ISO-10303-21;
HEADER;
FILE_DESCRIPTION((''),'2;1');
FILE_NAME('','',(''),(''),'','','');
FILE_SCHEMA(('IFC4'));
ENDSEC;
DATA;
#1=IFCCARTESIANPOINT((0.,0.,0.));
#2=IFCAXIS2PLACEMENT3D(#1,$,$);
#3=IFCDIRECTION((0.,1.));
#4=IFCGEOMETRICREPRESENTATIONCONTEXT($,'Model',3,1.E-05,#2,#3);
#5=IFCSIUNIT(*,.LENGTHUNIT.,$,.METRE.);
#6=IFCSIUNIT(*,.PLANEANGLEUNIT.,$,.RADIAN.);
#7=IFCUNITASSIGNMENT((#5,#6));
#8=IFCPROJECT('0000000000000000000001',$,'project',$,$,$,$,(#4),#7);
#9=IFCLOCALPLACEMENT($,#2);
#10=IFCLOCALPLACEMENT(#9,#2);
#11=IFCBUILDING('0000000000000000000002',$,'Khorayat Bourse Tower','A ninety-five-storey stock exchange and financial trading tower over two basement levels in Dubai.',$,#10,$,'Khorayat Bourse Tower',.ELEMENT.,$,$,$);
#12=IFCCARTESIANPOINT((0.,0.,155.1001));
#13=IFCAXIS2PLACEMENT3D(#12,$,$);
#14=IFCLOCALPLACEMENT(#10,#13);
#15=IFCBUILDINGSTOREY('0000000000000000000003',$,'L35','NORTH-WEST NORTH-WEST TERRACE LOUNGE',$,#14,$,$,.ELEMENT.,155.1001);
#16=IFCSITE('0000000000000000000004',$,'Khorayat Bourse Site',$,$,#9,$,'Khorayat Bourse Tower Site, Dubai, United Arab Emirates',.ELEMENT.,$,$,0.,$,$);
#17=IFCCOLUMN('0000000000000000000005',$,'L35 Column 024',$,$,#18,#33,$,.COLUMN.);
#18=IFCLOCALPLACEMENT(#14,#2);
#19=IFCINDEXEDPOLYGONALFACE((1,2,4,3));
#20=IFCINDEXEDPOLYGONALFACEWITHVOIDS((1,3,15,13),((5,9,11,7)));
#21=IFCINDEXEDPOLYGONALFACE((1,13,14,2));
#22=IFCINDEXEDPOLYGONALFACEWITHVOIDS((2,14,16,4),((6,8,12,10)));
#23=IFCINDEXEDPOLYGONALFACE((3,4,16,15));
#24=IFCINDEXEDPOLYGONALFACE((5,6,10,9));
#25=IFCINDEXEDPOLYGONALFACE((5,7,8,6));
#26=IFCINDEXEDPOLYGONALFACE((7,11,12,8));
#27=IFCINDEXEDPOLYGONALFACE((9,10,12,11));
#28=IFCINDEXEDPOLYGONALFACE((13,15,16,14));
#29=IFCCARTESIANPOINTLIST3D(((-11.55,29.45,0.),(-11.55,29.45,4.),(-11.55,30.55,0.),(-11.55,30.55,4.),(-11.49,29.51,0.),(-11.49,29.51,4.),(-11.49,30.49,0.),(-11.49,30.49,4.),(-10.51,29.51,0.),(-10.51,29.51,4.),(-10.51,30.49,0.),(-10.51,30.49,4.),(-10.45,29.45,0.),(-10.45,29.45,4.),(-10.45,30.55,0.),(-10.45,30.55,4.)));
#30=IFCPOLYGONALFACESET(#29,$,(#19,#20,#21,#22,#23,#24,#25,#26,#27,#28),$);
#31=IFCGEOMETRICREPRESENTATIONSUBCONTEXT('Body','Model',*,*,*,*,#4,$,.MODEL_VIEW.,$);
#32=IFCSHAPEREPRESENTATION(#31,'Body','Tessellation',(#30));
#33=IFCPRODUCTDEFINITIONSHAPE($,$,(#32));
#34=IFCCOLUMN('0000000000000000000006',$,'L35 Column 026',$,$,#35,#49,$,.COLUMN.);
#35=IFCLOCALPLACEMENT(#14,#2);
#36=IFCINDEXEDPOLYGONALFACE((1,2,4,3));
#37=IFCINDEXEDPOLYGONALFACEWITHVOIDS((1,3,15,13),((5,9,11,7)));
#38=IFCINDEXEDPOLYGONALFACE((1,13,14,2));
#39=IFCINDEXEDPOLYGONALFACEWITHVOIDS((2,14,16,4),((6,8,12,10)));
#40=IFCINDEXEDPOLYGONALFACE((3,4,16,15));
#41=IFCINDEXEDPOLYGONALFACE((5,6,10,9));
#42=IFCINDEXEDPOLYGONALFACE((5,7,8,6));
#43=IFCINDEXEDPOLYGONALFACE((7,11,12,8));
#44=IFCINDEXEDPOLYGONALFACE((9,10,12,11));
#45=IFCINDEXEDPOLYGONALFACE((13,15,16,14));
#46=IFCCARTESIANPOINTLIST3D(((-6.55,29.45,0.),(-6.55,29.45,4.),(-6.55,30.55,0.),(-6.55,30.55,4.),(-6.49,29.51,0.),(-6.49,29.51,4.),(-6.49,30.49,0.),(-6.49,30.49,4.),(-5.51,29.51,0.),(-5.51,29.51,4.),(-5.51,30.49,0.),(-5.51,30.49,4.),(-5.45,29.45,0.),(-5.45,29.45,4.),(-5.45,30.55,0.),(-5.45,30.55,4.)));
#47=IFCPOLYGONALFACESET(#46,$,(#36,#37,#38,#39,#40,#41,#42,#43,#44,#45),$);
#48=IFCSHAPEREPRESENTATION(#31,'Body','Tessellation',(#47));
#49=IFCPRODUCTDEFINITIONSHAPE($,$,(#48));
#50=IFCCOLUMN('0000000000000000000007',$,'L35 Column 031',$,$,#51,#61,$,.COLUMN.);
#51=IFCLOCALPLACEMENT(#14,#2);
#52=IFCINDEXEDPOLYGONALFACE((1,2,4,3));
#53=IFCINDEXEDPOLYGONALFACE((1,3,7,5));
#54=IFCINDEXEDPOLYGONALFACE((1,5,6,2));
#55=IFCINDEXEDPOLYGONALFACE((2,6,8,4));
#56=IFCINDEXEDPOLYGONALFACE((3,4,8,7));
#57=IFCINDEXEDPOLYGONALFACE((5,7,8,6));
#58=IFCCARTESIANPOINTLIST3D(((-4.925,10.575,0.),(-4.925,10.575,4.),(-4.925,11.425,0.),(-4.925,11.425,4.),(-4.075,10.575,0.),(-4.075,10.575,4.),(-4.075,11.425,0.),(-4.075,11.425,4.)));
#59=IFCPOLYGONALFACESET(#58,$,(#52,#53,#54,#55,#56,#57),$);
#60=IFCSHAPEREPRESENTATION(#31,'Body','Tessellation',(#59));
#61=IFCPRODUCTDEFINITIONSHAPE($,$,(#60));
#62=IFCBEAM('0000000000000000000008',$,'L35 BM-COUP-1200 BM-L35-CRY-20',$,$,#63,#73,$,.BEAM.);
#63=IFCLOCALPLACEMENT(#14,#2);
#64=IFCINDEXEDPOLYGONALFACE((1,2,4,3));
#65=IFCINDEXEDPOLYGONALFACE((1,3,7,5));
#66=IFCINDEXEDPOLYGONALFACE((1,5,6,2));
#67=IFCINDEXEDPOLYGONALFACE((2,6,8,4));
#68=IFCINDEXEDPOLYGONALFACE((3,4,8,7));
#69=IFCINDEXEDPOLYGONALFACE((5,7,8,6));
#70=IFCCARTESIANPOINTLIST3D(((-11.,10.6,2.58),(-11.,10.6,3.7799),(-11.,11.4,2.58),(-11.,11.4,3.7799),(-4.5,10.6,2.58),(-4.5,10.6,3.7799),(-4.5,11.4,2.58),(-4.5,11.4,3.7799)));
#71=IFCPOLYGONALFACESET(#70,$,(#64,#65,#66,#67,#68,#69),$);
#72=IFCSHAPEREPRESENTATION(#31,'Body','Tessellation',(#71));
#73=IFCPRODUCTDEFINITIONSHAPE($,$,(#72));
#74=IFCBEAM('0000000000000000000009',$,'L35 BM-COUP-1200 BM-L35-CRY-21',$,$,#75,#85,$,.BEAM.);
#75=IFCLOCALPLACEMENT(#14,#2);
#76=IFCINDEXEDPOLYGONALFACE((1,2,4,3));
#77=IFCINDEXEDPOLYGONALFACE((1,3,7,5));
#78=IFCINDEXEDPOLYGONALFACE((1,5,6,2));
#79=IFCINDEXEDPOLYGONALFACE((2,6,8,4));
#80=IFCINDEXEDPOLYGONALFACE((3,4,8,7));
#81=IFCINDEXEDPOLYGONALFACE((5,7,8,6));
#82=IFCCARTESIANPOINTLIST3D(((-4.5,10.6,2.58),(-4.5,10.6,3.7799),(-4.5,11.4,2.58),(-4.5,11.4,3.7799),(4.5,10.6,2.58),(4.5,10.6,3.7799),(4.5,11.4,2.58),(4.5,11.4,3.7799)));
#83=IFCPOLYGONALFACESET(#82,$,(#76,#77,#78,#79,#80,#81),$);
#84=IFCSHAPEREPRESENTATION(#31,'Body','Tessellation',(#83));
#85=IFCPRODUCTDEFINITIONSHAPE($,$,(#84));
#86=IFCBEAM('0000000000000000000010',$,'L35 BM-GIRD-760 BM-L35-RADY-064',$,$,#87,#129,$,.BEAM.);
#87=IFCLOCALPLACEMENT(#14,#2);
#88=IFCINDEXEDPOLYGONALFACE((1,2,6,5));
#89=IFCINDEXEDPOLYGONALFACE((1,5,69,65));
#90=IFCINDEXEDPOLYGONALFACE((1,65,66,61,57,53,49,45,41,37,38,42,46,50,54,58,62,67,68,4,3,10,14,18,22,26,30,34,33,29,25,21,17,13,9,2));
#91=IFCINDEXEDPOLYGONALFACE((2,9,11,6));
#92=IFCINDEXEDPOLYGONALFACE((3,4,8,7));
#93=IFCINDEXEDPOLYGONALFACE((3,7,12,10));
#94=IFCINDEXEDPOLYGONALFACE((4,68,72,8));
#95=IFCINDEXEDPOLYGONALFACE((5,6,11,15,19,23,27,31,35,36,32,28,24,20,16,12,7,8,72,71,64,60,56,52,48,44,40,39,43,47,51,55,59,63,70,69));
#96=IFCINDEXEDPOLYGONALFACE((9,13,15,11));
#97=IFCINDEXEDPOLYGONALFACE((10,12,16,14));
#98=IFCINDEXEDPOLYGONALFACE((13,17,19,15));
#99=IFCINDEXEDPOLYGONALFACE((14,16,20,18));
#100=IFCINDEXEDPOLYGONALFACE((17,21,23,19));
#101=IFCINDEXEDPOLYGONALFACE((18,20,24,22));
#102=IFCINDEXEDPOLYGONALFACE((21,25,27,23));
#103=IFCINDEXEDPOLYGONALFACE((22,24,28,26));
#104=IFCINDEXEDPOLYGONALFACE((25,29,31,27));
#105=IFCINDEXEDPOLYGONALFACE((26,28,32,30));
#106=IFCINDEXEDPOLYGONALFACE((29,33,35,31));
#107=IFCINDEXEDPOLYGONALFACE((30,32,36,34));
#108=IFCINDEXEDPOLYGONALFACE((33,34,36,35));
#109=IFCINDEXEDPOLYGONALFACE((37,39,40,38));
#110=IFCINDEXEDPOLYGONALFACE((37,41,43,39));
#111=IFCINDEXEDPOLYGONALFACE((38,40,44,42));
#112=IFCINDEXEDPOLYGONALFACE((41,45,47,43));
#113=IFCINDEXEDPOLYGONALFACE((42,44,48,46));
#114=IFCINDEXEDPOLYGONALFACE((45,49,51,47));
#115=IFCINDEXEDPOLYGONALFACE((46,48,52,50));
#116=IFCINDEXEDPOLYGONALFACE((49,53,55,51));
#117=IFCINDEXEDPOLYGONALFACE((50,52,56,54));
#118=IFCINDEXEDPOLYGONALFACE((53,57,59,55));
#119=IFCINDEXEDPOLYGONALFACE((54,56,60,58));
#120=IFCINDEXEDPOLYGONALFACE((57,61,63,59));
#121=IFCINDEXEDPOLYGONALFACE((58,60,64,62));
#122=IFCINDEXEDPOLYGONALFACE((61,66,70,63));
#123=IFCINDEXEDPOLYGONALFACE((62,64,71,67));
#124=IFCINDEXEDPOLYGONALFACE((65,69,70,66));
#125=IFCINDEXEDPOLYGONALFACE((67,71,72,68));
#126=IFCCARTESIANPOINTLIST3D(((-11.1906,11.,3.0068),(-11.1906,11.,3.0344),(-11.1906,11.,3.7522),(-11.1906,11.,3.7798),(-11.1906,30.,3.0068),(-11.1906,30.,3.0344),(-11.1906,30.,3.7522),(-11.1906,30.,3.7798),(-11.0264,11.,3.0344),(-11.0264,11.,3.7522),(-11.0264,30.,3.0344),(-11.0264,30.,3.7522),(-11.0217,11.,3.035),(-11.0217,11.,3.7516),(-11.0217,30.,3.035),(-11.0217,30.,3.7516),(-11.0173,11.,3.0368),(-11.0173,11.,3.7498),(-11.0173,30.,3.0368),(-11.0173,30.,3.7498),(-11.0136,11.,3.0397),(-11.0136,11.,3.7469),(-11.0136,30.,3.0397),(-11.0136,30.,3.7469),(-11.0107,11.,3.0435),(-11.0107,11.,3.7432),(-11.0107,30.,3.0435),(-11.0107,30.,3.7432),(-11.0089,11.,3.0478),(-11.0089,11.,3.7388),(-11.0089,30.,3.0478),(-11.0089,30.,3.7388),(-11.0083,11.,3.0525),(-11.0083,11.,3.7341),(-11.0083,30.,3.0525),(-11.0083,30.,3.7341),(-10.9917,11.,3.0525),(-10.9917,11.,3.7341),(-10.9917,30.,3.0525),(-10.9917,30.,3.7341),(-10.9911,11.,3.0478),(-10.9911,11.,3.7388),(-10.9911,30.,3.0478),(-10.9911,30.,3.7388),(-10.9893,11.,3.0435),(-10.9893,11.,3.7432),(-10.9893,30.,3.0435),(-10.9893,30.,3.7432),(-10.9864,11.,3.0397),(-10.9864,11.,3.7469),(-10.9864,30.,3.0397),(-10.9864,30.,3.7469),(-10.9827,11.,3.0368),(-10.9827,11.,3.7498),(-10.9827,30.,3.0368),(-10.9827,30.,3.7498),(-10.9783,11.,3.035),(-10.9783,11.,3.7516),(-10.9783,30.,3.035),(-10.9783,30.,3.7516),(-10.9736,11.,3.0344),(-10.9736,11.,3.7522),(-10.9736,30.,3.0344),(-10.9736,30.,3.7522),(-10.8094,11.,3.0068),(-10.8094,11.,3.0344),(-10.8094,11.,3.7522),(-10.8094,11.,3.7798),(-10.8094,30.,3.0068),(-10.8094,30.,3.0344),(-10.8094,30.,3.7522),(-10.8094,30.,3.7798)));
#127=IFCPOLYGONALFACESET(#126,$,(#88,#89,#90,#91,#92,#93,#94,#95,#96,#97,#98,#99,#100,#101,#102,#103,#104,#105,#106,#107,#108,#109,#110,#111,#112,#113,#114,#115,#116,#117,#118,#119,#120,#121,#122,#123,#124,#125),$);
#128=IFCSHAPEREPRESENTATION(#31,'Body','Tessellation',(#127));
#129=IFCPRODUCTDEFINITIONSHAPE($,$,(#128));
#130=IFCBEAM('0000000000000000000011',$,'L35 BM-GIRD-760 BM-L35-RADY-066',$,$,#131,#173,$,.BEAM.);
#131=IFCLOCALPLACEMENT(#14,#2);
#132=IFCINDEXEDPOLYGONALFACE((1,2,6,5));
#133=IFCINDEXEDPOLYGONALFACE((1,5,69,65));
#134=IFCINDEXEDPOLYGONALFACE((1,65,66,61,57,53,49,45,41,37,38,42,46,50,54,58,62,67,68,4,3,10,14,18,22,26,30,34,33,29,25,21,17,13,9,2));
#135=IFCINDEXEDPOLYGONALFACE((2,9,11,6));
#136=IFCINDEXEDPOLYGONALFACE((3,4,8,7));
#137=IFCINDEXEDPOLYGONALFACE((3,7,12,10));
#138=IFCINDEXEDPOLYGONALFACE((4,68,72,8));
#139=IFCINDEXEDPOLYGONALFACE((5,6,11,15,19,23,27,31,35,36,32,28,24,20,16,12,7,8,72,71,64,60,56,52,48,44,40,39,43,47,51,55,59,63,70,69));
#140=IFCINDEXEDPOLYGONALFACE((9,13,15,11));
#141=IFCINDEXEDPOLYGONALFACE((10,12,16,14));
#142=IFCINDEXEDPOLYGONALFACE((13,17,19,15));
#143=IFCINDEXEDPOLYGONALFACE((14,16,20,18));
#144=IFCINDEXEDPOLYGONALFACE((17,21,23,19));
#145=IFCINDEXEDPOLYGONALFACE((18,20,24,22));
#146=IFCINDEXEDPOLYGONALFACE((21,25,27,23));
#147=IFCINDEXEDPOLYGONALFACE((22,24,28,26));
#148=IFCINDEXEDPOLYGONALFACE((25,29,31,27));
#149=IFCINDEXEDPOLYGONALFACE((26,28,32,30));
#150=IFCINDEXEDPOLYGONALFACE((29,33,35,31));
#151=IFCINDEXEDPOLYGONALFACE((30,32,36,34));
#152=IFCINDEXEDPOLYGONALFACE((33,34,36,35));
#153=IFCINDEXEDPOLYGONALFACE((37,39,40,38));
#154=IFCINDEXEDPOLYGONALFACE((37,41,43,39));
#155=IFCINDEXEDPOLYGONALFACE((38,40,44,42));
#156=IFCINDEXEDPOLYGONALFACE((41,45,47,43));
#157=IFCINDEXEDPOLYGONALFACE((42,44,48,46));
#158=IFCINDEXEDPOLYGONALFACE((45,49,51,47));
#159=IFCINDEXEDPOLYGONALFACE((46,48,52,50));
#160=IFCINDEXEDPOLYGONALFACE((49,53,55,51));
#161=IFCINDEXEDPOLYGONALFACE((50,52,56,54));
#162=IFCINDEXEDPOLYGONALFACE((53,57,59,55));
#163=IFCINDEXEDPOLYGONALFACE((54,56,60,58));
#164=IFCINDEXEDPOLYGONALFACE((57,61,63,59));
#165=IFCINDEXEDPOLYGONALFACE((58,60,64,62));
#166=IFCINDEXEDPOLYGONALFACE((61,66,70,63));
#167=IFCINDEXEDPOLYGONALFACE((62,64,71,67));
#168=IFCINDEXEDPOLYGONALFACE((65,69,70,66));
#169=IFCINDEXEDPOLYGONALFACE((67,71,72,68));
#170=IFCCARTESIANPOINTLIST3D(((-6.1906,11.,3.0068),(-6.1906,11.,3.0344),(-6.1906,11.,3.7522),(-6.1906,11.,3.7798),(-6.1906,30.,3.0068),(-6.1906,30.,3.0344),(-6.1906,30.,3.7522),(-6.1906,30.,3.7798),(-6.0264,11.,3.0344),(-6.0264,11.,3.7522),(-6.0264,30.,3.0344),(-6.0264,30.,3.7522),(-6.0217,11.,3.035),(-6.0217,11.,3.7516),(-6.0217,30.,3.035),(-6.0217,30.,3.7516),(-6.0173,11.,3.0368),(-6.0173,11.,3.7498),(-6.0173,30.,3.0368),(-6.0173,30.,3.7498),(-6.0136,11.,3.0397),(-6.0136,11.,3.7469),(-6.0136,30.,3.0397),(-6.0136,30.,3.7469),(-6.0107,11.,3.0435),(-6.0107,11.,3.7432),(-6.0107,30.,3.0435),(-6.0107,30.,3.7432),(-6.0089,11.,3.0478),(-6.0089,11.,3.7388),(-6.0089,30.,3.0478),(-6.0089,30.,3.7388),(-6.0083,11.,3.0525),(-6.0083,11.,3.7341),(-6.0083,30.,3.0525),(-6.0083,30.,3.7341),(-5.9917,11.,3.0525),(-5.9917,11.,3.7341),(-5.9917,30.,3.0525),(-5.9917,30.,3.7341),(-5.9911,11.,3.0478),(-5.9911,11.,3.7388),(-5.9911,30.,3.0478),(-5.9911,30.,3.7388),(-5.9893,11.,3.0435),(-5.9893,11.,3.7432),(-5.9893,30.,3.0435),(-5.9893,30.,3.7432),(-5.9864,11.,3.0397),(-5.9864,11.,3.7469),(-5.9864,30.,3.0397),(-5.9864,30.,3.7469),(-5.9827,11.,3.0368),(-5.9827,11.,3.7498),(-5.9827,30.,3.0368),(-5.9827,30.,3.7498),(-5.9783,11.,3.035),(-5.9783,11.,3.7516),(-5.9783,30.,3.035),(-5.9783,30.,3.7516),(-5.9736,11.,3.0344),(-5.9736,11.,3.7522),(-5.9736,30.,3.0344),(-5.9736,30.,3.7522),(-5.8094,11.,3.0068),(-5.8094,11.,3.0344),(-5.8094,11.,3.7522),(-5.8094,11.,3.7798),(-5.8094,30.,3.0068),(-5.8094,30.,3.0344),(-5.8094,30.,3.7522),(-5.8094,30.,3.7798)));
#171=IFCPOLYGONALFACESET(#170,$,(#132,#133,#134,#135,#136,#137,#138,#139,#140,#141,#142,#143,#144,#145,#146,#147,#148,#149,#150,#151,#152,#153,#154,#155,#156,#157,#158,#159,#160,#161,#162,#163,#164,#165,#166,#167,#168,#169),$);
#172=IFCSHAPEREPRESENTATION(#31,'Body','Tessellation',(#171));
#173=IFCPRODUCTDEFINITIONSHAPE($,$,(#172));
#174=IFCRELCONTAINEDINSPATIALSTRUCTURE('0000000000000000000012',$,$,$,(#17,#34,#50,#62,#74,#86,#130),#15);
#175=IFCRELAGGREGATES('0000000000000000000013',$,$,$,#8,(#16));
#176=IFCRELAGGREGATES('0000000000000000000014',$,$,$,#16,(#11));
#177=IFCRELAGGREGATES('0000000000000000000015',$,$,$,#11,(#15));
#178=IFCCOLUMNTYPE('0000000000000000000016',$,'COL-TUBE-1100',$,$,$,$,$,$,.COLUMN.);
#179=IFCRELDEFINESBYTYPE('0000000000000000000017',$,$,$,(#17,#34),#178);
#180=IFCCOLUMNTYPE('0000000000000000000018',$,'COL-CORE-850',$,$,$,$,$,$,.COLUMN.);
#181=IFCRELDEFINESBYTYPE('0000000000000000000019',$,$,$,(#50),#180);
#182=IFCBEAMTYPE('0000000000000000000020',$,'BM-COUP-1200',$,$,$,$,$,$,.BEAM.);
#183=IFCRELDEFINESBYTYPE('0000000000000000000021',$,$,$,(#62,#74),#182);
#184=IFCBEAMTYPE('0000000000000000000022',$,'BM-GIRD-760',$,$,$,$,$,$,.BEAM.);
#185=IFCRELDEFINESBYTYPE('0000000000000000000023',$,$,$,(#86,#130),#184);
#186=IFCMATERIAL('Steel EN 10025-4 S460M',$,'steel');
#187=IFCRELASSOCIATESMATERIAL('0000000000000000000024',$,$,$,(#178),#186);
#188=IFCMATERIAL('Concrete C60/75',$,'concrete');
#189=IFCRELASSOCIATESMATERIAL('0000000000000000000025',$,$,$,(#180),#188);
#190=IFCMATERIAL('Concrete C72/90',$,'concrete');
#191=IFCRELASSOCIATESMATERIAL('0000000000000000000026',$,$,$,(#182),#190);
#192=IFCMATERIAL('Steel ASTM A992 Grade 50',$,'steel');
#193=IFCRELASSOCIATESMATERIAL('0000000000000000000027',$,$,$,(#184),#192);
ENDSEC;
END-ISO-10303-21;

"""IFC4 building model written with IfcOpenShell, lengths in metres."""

from ifc_helpers import new_model, si_unit, direction, frame, origin, origin_2d, place, context, subcontext, project, spatial, rectangle, hollow_rectangle, i_section, extrude, source, transform, mapped, material, material_profile, profile_set, type_object, element, save


model = new_model("IFC4")

# Units and contexts
model_context = context("Model", 3, precision=1e-05, world=origin(), true_north=direction((0.0, 1.0)))
body_context = subcontext(model_context, "Body", "Model", "MODEL_VIEW")
ifc_project = project(units=[si_unit("LENGTHUNIT", "METRE"), si_unit("PLANEANGLEUNIT", "RADIAN")], contexts=[model_context])

# Site, building, storey
site_placement = place(None, origin())
site = spatial("IfcSite", under=ifc_project, at=site_placement, Name="Khorayat Bourse Site", LongName="Khorayat Bourse Tower Site, Dubai, United Arab Emirates", CompositionType="ELEMENT", RefElevation=0.0)
building_placement = place(site_placement, origin())
building = spatial("IfcBuilding", under=site, at=building_placement, Name="Khorayat Bourse Tower", Description="A ninety-five-storey stock exchange and financial trading tower over two basement levels in Dubai.", LongName="Khorayat Bourse Tower", CompositionType="ELEMENT")
storey_placement = place(building_placement, frame((0.0, 0.0, 155.1001)))
storey = spatial("IfcBuildingStorey", under=building, at=storey_placement, Name="L35", Description="NORTH-WEST NORTH-WEST TERRACE LOUNGE", CompositionType="ELEMENT", Elevation=155.1001)

# Columns
ifc_material_1 = material(Name="Steel EN 10025-4 S460M", Category="steel")
ifc_material_profile_1 = material_profile(ifc_material_1, hollow_rectangle(XDim=1.1001, YDim=1.1001, WallThickness=0.0601, at=origin_2d()), Name="BOX 1100x1100x60")
ifc_profile_set_1 = profile_set([ifc_material_profile_1], Name="Steel EN 10025-4 S460M")
column_type_1 = type_object("IfcColumnType", Name="COL-TUBE-1100", PredefinedType="COLUMN", material=ifc_profile_set_1)
shared_shape_1 = source(origin(), body_context, "Body", "SweptSolid", [
    extrude(hollow_rectangle(XDim=1.1001, YDim=1.1001, WallThickness=0.0601, at=origin_2d()), origin(), (0.0, 0.0, 1.0), 4.0),
])
for number, where, z_axis, x_axis, name in (
    (1, (-11.0, 30.0, 0.0), (0.0, 0.0, 1.0), (1.0, 0.0, 0.0), "L35 Column 024"),
    (2, (-6.0, 30.0, 0.0), (0.0, 0.0, 1.0), (1.0, 0.0, 0.0), "L35 Column 026"),
):
    element("IfcColumn", number, at=place(storey_placement, frame(where, z_axis=z_axis, x_axis=x_axis)), inside=storey, type_object=column_type_1, Name=name, PredefinedType="COLUMN", context=body_context, shape_type="MappedRepresentation", body=[
        mapped(shared_shape_1, transform((0.0, 0.0, 0.0), scale=1.0)),
    ])
ifc_material_2 = material(Name="Concrete C60/75", Category="concrete")
ifc_material_profile_2 = material_profile(ifc_material_2, rectangle(XDim=0.8501, YDim=0.8501, at=origin_2d()), Name="RC 850x850")
ifc_profile_set_2 = profile_set([ifc_material_profile_2], Name="Concrete C60/75")
column_type_2 = type_object("IfcColumnType", Name="COL-CORE-850", PredefinedType="COLUMN", material=ifc_profile_set_2)
shared_shape_2 = source(origin(), body_context, "Body", "SweptSolid", [
    extrude(rectangle(XDim=0.8501, YDim=0.8501, at=origin_2d()), origin(), (0.0, 0.0, 1.0), 4.0),
])
column_placement = place(storey_placement, frame((-4.5, 11.0, 0.0), z_axis=(0.0, 0.0, 1.0), x_axis=(1.0, 0.0, 0.0)))
element("IfcColumn", 3, at=column_placement, inside=storey, type_object=column_type_2, Name="L35 Column 031", PredefinedType="COLUMN", context=body_context, shape_type="MappedRepresentation", body=[
    mapped(shared_shape_2, transform((0.0, 0.0, 0.0), scale=1.0)),
])

# Beams
ifc_material_3 = material(Name="Concrete C72/90", Category="concrete")
ifc_material_profile_3 = material_profile(ifc_material_3, rectangle(XDim=0.8, YDim=1.2, at=origin_2d()), Name="RC 800x1200")
ifc_profile_set_3 = profile_set([ifc_material_profile_3], Name="Concrete C72/90")
beam_type_1 = type_object("IfcBeamType", Name="BM-COUP-1200", PredefinedType="BEAM", material=ifc_profile_set_3)
shared_shape_3 = source(origin(), body_context, "Body", "SweptSolid", [
    extrude(rectangle(XDim=0.8, YDim=1.2, at=origin_2d()), origin(), (0.0, 0.0, 1.0), 6.5),
])
beam_1_placement = place(storey_placement, frame((-11.0, 11.0, 3.1799), z_axis=(1.0, 0.0, 0.0), x_axis=(0.0, 1.0, 0.0)))
element("IfcBeam", 4, at=beam_1_placement, inside=storey, type_object=beam_type_1, Name="L35 BM-COUP-1200 BM-L35-CRY-20", PredefinedType="BEAM", context=body_context, shape_type="MappedRepresentation", body=[
    mapped(shared_shape_3, transform((0.0, 0.0, 0.0), scale=1.0)),
])
shared_shape_4 = source(origin(), body_context, "Body", "SweptSolid", [
    extrude(rectangle(XDim=0.8, YDim=1.2, at=origin_2d()), origin(), (0.0, 0.0, 1.0), 9.0),
])
beam_2_placement = place(storey_placement, frame((-4.5, 11.0, 3.1799), z_axis=(1.0, 0.0, 0.0), x_axis=(0.0, 1.0, 0.0)))
element("IfcBeam", 5, at=beam_2_placement, inside=storey, type_object=beam_type_1, Name="L35 BM-COUP-1200 BM-L35-CRY-21", PredefinedType="BEAM", context=body_context, shape_type="MappedRepresentation", body=[
    mapped(shared_shape_4, transform((0.0, 0.0, 0.0), scale=1.0)),
])
ifc_material_4 = material(Name="Steel ASTM A992 Grade 50", Category="steel")
ifc_material_profile_4 = material_profile(ifc_material_4, i_section(OverallWidth=0.3811, OverallDepth=0.7729, WebThickness=0.0166, FlangeThickness=0.0276, FilletRadius=0.0181, at=origin_2d()), Name="W760X257")
ifc_profile_set_4 = profile_set([ifc_material_profile_4], Name="Steel ASTM A992 Grade 50")
beam_type_2 = type_object("IfcBeamType", Name="BM-GIRD-760", PredefinedType="BEAM", material=ifc_profile_set_4)
shared_shape_5 = source(origin(), body_context, "Body", "SweptSolid", [
    extrude(i_section(OverallWidth=0.3811, OverallDepth=0.7729, WebThickness=0.0166, FlangeThickness=0.0276, FilletRadius=0.0181, at=origin_2d()), origin(), (0.0, 0.0, 1.0), 19.0),
])
for number, where, z_axis, x_axis, name in (
    (6, (-11.0, 11.0, 3.3933), (0.0, 1.0, 0.0), (-1.0, 0.0, 0.0), "L35 BM-GIRD-760 BM-L35-RADY-064"),
    (7, (-6.0, 11.0, 3.3933), (0.0, 1.0, 0.0), (-1.0, 0.0, 0.0), "L35 BM-GIRD-760 BM-L35-RADY-066"),
):
    element("IfcBeam", number, at=place(storey_placement, frame(where, z_axis=z_axis, x_axis=x_axis)), inside=storey, type_object=beam_type_2, Name=name, PredefinedType="BEAM", context=body_context, shape_type="MappedRepresentation", body=[
        mapped(shared_shape_5, transform((0.0, 0.0, 0.0), scale=1.0)),
    ])

save(model, "model.ifc")
